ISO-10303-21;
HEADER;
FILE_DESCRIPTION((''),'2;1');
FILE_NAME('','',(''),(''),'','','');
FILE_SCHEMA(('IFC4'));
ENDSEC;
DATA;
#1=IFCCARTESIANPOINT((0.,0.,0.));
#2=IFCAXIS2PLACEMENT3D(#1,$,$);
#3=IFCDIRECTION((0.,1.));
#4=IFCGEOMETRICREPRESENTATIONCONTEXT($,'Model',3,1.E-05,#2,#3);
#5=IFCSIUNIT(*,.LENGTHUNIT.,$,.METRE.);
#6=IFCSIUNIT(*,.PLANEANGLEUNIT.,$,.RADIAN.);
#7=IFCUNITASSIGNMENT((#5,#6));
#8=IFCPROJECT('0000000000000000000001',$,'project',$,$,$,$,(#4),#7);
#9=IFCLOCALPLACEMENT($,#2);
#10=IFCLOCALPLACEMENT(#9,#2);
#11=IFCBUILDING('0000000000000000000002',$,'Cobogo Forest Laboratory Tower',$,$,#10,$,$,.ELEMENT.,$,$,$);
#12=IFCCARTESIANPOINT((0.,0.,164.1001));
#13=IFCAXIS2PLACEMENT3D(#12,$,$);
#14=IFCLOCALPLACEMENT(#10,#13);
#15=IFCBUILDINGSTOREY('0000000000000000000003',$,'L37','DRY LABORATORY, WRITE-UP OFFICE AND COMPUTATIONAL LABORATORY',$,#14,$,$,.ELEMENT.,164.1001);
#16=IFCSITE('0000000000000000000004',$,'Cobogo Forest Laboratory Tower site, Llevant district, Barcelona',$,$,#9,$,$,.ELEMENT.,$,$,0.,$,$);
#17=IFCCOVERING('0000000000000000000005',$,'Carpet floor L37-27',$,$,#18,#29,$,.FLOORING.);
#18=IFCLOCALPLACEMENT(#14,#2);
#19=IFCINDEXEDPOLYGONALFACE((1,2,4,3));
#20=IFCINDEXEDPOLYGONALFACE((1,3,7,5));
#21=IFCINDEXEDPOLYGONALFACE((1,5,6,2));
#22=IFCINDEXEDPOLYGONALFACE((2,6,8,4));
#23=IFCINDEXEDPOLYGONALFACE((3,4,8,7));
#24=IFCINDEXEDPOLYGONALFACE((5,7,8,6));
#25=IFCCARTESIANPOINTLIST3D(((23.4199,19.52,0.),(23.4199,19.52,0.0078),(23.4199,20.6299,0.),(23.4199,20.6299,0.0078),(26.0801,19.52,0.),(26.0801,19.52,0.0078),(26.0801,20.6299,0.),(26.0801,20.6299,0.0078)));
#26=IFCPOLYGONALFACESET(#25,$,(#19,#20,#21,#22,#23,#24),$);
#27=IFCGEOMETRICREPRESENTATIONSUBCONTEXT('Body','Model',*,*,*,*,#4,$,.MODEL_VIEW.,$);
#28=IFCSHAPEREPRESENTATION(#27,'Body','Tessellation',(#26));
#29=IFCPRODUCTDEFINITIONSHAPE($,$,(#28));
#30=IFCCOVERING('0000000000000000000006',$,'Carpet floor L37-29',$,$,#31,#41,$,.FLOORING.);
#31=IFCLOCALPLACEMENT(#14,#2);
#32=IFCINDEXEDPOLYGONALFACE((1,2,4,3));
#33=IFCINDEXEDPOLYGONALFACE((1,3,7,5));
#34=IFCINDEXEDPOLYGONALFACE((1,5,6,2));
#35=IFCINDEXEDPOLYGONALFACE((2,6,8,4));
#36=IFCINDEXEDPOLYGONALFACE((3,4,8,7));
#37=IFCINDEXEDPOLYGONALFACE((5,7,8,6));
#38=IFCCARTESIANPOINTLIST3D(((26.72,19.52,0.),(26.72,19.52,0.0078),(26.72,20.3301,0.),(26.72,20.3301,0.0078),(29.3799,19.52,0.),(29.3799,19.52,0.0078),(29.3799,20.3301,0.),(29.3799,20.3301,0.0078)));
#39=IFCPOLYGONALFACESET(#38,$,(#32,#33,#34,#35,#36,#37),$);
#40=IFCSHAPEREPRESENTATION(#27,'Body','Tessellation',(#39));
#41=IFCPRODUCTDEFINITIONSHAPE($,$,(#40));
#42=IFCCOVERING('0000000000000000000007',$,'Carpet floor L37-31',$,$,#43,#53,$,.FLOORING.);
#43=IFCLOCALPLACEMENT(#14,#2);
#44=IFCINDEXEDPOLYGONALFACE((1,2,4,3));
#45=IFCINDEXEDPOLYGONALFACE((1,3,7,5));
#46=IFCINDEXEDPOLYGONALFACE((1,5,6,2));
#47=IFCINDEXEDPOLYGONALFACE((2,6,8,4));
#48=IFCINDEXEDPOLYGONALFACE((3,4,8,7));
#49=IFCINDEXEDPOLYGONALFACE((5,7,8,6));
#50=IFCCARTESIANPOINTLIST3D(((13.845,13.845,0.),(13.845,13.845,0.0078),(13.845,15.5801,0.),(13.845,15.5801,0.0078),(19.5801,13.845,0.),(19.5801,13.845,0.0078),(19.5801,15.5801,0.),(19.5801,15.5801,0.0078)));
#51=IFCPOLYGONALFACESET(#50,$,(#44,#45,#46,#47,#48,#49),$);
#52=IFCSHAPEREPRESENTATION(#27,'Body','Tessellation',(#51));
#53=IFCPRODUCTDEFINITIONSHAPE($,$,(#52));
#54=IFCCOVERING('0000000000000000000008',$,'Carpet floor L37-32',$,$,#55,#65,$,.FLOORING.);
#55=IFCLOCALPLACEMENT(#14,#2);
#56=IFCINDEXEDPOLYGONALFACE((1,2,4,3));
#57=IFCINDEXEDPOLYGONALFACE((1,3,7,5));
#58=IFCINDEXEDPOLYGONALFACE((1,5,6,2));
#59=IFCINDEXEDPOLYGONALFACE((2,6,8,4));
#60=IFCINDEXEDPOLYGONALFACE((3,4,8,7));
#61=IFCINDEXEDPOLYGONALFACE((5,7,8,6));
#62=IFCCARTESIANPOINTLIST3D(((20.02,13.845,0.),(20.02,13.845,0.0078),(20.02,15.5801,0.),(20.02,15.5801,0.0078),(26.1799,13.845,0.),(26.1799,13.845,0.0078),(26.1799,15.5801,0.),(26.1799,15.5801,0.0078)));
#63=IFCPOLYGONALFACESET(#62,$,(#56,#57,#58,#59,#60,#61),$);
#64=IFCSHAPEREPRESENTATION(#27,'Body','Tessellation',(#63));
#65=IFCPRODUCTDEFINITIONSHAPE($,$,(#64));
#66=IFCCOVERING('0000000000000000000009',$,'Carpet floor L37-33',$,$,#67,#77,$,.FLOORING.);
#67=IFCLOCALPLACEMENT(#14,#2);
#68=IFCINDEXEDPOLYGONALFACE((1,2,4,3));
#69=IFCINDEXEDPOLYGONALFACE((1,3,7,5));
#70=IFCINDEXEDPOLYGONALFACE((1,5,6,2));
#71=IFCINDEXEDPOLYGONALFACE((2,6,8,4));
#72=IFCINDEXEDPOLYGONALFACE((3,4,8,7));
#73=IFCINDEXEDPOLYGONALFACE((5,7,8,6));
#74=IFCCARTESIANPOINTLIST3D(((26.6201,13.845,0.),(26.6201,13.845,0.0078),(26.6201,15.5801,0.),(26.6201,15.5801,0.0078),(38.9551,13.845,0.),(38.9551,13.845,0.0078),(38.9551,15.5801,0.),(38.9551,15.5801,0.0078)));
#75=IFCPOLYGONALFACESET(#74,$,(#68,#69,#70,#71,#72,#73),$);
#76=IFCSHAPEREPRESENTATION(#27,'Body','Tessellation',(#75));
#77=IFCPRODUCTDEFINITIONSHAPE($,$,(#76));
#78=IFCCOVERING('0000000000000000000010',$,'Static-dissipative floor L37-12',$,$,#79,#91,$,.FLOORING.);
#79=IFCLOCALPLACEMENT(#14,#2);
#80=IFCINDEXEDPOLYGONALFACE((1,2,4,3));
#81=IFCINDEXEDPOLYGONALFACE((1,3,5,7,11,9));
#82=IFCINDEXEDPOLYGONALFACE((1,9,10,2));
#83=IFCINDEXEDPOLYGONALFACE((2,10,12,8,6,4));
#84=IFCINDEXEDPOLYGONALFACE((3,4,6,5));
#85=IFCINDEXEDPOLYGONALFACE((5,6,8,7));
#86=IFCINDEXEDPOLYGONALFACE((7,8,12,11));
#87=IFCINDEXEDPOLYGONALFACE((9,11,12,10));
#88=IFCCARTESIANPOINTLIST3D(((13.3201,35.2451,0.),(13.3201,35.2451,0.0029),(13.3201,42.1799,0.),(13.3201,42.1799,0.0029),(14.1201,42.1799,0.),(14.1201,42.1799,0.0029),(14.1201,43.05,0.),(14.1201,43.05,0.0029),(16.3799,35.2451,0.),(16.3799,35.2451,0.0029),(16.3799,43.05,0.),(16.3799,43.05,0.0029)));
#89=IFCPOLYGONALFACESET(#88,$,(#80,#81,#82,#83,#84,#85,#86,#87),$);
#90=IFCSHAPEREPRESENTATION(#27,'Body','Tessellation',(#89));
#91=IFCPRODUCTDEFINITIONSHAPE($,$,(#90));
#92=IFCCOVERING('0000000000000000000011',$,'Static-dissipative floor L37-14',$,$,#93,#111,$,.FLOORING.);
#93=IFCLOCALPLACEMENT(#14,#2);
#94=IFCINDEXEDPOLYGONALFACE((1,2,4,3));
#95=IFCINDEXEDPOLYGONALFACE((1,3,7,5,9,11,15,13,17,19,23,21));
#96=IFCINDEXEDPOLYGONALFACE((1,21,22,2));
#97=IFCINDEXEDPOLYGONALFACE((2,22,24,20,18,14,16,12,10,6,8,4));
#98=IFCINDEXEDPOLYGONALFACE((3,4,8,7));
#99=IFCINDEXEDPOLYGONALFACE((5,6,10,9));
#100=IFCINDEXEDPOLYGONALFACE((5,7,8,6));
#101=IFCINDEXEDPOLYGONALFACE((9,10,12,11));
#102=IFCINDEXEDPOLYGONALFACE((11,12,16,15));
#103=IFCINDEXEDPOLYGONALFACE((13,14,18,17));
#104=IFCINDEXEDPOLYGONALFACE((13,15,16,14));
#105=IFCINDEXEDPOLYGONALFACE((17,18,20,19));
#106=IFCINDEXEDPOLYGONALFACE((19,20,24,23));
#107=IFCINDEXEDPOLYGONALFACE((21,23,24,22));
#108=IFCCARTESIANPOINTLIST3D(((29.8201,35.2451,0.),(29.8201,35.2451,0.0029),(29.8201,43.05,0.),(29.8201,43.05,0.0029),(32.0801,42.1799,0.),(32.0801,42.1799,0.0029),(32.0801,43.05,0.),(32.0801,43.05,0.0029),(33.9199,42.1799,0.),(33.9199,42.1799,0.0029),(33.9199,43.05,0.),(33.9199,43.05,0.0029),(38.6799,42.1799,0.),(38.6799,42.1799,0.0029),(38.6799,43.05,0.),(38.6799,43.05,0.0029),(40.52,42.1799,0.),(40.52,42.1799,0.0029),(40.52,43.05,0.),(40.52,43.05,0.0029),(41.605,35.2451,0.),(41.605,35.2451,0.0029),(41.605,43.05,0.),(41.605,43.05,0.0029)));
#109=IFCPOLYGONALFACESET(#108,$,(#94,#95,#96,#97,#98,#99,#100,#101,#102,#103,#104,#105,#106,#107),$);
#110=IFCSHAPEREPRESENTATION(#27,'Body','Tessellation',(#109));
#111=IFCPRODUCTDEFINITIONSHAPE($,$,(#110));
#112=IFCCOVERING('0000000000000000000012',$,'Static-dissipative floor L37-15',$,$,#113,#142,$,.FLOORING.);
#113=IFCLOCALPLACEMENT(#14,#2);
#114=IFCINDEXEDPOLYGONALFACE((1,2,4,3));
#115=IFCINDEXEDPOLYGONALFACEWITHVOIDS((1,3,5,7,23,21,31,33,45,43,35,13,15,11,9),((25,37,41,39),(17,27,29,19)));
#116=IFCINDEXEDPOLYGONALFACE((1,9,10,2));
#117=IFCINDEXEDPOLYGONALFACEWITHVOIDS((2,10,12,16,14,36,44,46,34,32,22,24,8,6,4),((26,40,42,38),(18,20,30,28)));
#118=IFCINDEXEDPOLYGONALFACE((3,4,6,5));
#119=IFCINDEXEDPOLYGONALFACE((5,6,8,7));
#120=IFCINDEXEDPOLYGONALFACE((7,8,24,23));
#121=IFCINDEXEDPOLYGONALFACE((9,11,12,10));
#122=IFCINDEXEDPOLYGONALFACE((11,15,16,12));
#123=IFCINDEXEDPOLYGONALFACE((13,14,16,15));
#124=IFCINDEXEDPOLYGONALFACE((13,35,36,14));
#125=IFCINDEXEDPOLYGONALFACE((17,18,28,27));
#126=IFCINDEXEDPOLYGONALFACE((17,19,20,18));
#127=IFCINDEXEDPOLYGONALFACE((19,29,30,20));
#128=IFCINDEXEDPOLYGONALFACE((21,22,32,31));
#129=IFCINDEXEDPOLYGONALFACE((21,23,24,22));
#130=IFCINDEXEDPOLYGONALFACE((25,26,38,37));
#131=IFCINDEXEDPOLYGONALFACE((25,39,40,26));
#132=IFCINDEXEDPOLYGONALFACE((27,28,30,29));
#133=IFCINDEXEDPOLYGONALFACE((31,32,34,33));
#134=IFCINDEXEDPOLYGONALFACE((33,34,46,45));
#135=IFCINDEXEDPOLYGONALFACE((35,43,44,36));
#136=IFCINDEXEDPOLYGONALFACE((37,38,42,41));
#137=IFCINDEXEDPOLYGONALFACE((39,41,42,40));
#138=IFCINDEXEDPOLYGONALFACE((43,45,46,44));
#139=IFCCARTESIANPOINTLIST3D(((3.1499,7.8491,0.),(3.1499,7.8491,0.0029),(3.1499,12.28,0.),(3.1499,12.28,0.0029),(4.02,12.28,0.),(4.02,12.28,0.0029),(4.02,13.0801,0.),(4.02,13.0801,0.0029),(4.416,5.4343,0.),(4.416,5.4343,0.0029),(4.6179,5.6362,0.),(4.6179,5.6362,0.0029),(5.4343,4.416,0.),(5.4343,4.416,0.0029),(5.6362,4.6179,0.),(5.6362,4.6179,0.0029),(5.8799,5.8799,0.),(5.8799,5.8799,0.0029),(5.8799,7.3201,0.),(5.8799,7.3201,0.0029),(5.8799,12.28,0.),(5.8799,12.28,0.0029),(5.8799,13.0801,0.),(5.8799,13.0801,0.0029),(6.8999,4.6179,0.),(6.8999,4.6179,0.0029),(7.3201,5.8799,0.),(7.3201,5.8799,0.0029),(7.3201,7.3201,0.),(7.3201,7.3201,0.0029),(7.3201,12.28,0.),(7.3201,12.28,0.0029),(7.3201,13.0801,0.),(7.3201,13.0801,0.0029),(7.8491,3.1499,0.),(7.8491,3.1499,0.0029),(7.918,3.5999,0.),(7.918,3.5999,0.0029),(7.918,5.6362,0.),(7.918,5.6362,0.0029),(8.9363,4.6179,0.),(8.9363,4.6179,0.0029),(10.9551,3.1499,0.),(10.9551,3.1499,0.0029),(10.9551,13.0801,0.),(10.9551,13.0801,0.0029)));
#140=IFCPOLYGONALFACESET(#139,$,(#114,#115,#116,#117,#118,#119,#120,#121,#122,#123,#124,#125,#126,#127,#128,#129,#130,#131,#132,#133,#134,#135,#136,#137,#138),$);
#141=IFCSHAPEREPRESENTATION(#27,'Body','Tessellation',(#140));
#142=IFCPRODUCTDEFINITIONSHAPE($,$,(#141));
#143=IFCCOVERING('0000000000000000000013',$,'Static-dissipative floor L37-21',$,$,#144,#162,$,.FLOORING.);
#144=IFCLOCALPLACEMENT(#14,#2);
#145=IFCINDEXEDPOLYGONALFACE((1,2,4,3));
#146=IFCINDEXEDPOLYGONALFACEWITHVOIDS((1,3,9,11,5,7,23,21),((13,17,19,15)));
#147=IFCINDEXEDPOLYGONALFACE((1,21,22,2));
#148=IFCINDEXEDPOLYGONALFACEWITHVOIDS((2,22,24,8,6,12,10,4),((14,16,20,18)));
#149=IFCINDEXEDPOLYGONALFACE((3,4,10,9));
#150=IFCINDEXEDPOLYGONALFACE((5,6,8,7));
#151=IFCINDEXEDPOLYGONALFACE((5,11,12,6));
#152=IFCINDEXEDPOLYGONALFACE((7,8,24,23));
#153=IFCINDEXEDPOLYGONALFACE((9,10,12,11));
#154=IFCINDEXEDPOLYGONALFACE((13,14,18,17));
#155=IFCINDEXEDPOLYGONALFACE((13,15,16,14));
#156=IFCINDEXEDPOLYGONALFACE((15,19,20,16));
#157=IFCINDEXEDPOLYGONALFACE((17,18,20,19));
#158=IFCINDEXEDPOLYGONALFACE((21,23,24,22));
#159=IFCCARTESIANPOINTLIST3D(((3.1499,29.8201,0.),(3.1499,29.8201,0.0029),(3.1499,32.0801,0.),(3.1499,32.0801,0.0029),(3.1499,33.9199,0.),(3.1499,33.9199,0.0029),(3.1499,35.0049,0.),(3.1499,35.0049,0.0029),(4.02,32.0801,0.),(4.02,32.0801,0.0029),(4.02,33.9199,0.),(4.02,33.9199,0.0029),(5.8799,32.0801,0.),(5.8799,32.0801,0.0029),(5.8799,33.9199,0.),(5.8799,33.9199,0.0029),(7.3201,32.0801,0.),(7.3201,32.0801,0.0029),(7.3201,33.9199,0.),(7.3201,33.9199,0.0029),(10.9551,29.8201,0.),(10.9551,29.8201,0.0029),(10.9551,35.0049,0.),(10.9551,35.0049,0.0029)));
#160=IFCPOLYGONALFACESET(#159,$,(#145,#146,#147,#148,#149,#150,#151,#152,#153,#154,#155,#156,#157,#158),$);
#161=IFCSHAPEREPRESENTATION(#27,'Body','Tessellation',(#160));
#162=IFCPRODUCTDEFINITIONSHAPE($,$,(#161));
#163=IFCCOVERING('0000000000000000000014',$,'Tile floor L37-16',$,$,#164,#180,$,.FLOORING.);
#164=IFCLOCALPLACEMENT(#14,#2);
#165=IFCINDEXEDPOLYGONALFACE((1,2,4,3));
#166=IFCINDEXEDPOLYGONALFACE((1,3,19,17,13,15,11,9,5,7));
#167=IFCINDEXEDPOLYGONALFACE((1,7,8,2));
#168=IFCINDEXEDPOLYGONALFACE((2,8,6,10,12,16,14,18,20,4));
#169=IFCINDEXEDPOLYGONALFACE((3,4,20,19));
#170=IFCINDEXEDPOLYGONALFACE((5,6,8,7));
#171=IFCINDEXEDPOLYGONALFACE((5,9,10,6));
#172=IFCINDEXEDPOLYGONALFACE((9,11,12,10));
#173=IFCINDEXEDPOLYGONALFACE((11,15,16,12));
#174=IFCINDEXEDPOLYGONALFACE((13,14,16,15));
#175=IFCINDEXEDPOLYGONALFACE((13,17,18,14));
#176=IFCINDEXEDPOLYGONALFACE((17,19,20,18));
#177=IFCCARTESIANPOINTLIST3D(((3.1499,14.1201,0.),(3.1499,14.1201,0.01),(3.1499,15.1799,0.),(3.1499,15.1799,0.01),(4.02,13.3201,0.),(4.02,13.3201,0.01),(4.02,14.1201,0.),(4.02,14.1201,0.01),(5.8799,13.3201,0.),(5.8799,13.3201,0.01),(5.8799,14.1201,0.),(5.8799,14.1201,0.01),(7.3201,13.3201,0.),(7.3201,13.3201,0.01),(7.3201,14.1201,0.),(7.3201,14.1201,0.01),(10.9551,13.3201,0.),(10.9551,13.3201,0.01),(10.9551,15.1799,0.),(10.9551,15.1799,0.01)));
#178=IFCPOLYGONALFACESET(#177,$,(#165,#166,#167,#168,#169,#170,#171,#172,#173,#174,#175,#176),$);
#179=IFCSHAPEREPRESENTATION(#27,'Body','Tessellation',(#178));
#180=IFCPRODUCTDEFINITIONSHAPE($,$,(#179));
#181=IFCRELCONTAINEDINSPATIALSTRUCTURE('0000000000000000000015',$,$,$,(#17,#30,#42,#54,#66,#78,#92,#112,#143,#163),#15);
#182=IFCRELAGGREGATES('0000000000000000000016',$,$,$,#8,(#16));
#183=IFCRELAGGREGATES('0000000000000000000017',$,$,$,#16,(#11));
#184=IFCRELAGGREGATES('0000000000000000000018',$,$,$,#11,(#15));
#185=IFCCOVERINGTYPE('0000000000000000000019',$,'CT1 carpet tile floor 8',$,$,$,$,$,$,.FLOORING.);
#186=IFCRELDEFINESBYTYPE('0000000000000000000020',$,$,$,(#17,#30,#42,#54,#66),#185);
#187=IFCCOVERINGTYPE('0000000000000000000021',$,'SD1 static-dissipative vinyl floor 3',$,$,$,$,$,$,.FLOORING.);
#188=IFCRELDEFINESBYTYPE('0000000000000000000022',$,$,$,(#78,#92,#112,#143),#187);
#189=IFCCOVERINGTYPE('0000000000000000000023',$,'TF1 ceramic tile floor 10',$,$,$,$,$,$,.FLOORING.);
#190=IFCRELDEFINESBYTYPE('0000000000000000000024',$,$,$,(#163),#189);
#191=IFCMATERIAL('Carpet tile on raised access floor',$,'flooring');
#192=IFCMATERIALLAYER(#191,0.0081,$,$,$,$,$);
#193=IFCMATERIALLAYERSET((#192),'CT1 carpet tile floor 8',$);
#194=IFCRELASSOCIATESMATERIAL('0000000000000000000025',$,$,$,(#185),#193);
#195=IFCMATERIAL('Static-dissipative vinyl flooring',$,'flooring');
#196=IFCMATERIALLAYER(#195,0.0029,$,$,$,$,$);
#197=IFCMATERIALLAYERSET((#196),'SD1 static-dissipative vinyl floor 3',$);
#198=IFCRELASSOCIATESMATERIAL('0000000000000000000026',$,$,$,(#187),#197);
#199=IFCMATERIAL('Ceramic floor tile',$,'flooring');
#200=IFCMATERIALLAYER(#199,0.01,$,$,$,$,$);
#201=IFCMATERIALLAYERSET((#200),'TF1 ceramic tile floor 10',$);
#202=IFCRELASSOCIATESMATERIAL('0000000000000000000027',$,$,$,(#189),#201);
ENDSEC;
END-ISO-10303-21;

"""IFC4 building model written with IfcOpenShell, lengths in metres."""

from ifc_helpers import new_model, si_unit, direction, frame, origin, place, context, subcontext, project, spatial, polyline, outline, extrude, material, layer, layer_set, type_object, element, save


model = new_model("IFC4")

# Units and contexts
model_context = context("Model", 3, precision=1e-05, world=origin(), true_north=direction((0.0, 1.0)))
body_context = subcontext(model_context, "Body", "Model", "MODEL_VIEW")
ifc_project = project(units=[si_unit("LENGTHUNIT", "METRE"), si_unit("PLANEANGLEUNIT", "RADIAN")], contexts=[model_context])

# Site, building, storey
site_placement = place(None, origin())
site = spatial("IfcSite", under=ifc_project, at=site_placement, Name="Cobogo Forest Laboratory Tower site, Llevant district, Barcelona", CompositionType="ELEMENT", RefElevation=0.0)
building_placement = place(site_placement, origin())
building = spatial("IfcBuilding", under=site, at=building_placement, Name="Cobogo Forest Laboratory Tower", CompositionType="ELEMENT")
storey_placement = place(building_placement, frame((0.0, 0.0, 164.1001)))
storey = spatial("IfcBuildingStorey", under=building, at=storey_placement, Name="L37", Description="DRY LABORATORY, WRITE-UP OFFICE AND COMPUTATIONAL LABORATORY", CompositionType="ELEMENT", Elevation=164.1001)

# Coverings
ifc_material_1 = material(Name="Carpet tile on raised access floor", Category="flooring")
ifc_layer_1 = layer(ifc_material_1, 0.0081)
ifc_layer_set_1 = layer_set([ifc_layer_1], Name="CT1 carpet tile floor 8")
covering_type_1 = type_object("IfcCoveringType", Name="CT1 carpet tile floor 8", PredefinedType="FLOORING", material=ifc_layer_set_1)
covering_1_placement = place(storey_placement, origin())
element("IfcCovering", 1, at=covering_1_placement, inside=storey, type_object=covering_type_1, Name="Carpet floor L37-27", PredefinedType="FLOORING", context=body_context, shape_type="SweptSolid", body=[
    extrude(outline(polyline([(26.0801, 19.52), (23.4199, 19.52), (23.4199, 20.6299), (26.0801, 20.6299), (26.0801, 19.52)])), origin(), (0.0, 0.0, 1.0), 0.0078),
])
covering_2_placement = place(storey_placement, origin())
element("IfcCovering", 2, at=covering_2_placement, inside=storey, type_object=covering_type_1, Name="Carpet floor L37-29", PredefinedType="FLOORING", context=body_context, shape_type="SweptSolid", body=[
    extrude(outline(polyline([(29.3799, 19.52), (26.72, 19.52), (26.72, 20.3301), (29.3799, 20.3301), (29.3799, 19.52)])), origin(), (0.0, 0.0, 1.0), 0.0078),
])
covering_3_placement = place(storey_placement, origin())
element("IfcCovering", 3, at=covering_3_placement, inside=storey, type_object=covering_type_1, Name="Carpet floor L37-31", PredefinedType="FLOORING", context=body_context, shape_type="SweptSolid", body=[
    extrude(outline(polyline([(19.5801, 13.845), (13.845, 13.845), (13.845, 15.5801), (19.5801, 15.5801), (19.5801, 13.845)])), origin(), (0.0, 0.0, 1.0), 0.0078),
])
covering_4_placement = place(storey_placement, origin())
element("IfcCovering", 4, at=covering_4_placement, inside=storey, type_object=covering_type_1, Name="Carpet floor L37-32", PredefinedType="FLOORING", context=body_context, shape_type="SweptSolid", body=[
    extrude(outline(polyline([(26.1799, 13.845), (20.02, 13.845), (20.02, 15.5801), (26.1799, 15.5801), (26.1799, 13.845)])), origin(), (0.0, 0.0, 1.0), 0.0078),
])
covering_5_placement = place(storey_placement, origin())
element("IfcCovering", 5, at=covering_5_placement, inside=storey, type_object=covering_type_1, Name="Carpet floor L37-33", PredefinedType="FLOORING", context=body_context, shape_type="SweptSolid", body=[
    extrude(outline(polyline([(38.9551, 13.845), (26.6201, 13.845), (26.6201, 15.5801), (38.9551, 15.5801), (38.9551, 13.845)])), origin(), (0.0, 0.0, 1.0), 0.0078),
])
ifc_material_2 = material(Name="Static-dissipative vinyl flooring", Category="flooring")
ifc_layer_2 = layer(ifc_material_2, 0.0029)
ifc_layer_set_2 = layer_set([ifc_layer_2], Name="SD1 static-dissipative vinyl floor 3")
covering_type_2 = type_object("IfcCoveringType", Name="SD1 static-dissipative vinyl floor 3", PredefinedType="FLOORING", material=ifc_layer_set_2)
covering_6_placement = place(storey_placement, origin())
element("IfcCovering", 6, at=covering_6_placement, inside=storey, type_object=covering_type_2, Name="Static-dissipative floor L37-12", PredefinedType="FLOORING", context=body_context, shape_type="SweptSolid", body=[
    extrude(outline(polyline([(13.3201, 35.2451), (13.3201, 42.1799), (14.1201, 42.1799), (14.1201, 43.05), (16.3799, 43.05), (16.3799, 35.2451), (13.3201, 35.2451)])), origin(), (0.0, 0.0, 1.0), 0.0029),
])
covering_7_placement = place(storey_placement, origin())
element("IfcCovering", 7, at=covering_7_placement, inside=storey, type_object=covering_type_2, Name="Static-dissipative floor L37-14", PredefinedType="FLOORING", context=body_context, shape_type="SweptSolid", body=[
    extrude(outline(polyline([(29.8201, 35.2451), (29.8201, 43.05), (32.0801, 43.05), (32.0801, 42.1799), (33.9199, 42.1799), (33.9199, 43.05), (38.6799, 43.05), (38.6799, 42.1799), (40.52, 42.1799), (40.52, 43.05), (41.605, 43.05), (41.605, 35.2451), (29.8201, 35.2451)])), origin(), (0.0, 0.0, 1.0), 0.0029),
])
covering_8_placement = place(storey_placement, origin())
element("IfcCovering", 8, at=covering_8_placement, inside=storey, type_object=covering_type_2, Name="Static-dissipative floor L37-15", PredefinedType="FLOORING", context=body_context, shape_type="SweptSolid", body=[
    extrude(outline(polyline([(10.9551, 3.1499), (7.8491, 3.1499), (5.4343, 4.416), (5.6362, 4.6179), (4.6179, 5.6362), (4.416, 5.4343), (3.1499, 7.8491), (3.1499, 12.28), (4.02, 12.28), (4.02, 13.0801), (5.8799, 13.0801), (5.8799, 12.28), (7.3201, 12.28), (7.3201, 13.0801), (10.9551, 13.0801), (10.9551, 3.1499)]), holes=[polyline([(7.918, 3.5999), (8.9363, 4.6179), (7.918, 5.6362), (6.8999, 4.6179), (7.918, 3.5999)]), polyline([(5.8799, 5.8799), (7.3201, 5.8799), (7.3201, 7.3201), (5.8799, 7.3201), (5.8799, 5.8799)])]), origin(), (0.0, 0.0, 1.0), 0.0029),
])
covering_9_placement = place(storey_placement, origin())
element("IfcCovering", 9, at=covering_9_placement, inside=storey, type_object=covering_type_2, Name="Static-dissipative floor L37-21", PredefinedType="FLOORING", context=body_context, shape_type="SweptSolid", body=[
    extrude(outline(polyline([(10.9551, 29.8201), (3.1499, 29.8201), (3.1499, 32.0801), (4.02, 32.0801), (4.02, 33.9199), (3.1499, 33.9199), (3.1499, 35.0049), (10.9551, 35.0049), (10.9551, 29.8201)]), holes=[polyline([(5.8799, 32.0801), (7.3201, 32.0801), (7.3201, 33.9199), (5.8799, 33.9199), (5.8799, 32.0801)])]), origin(), (0.0, 0.0, 1.0), 0.0029),
])
ifc_material_3 = material(Name="Ceramic floor tile", Category="flooring")
ifc_layer_3 = layer(ifc_material_3, 0.01)
ifc_layer_set_3 = layer_set([ifc_layer_3], Name="TF1 ceramic tile floor 10")
covering_type_3 = type_object("IfcCoveringType", Name="TF1 ceramic tile floor 10", PredefinedType="FLOORING", material=ifc_layer_set_3)
covering_10_placement = place(storey_placement, origin())
element("IfcCovering", 10, at=covering_10_placement, inside=storey, type_object=covering_type_3, Name="Tile floor L37-16", PredefinedType="FLOORING", context=body_context, shape_type="SweptSolid", body=[
    extrude(outline(polyline([(10.9551, 13.3201), (7.3201, 13.3201), (7.3201, 14.1201), (5.8799, 14.1201), (5.8799, 13.3201), (4.02, 13.3201), (4.02, 14.1201), (3.1499, 14.1201), (3.1499, 15.1799), (10.9551, 15.1799), (10.9551, 13.3201)])), origin(), (0.0, 0.0, 1.0), 0.01),
])

save(model, "model.ifc")
